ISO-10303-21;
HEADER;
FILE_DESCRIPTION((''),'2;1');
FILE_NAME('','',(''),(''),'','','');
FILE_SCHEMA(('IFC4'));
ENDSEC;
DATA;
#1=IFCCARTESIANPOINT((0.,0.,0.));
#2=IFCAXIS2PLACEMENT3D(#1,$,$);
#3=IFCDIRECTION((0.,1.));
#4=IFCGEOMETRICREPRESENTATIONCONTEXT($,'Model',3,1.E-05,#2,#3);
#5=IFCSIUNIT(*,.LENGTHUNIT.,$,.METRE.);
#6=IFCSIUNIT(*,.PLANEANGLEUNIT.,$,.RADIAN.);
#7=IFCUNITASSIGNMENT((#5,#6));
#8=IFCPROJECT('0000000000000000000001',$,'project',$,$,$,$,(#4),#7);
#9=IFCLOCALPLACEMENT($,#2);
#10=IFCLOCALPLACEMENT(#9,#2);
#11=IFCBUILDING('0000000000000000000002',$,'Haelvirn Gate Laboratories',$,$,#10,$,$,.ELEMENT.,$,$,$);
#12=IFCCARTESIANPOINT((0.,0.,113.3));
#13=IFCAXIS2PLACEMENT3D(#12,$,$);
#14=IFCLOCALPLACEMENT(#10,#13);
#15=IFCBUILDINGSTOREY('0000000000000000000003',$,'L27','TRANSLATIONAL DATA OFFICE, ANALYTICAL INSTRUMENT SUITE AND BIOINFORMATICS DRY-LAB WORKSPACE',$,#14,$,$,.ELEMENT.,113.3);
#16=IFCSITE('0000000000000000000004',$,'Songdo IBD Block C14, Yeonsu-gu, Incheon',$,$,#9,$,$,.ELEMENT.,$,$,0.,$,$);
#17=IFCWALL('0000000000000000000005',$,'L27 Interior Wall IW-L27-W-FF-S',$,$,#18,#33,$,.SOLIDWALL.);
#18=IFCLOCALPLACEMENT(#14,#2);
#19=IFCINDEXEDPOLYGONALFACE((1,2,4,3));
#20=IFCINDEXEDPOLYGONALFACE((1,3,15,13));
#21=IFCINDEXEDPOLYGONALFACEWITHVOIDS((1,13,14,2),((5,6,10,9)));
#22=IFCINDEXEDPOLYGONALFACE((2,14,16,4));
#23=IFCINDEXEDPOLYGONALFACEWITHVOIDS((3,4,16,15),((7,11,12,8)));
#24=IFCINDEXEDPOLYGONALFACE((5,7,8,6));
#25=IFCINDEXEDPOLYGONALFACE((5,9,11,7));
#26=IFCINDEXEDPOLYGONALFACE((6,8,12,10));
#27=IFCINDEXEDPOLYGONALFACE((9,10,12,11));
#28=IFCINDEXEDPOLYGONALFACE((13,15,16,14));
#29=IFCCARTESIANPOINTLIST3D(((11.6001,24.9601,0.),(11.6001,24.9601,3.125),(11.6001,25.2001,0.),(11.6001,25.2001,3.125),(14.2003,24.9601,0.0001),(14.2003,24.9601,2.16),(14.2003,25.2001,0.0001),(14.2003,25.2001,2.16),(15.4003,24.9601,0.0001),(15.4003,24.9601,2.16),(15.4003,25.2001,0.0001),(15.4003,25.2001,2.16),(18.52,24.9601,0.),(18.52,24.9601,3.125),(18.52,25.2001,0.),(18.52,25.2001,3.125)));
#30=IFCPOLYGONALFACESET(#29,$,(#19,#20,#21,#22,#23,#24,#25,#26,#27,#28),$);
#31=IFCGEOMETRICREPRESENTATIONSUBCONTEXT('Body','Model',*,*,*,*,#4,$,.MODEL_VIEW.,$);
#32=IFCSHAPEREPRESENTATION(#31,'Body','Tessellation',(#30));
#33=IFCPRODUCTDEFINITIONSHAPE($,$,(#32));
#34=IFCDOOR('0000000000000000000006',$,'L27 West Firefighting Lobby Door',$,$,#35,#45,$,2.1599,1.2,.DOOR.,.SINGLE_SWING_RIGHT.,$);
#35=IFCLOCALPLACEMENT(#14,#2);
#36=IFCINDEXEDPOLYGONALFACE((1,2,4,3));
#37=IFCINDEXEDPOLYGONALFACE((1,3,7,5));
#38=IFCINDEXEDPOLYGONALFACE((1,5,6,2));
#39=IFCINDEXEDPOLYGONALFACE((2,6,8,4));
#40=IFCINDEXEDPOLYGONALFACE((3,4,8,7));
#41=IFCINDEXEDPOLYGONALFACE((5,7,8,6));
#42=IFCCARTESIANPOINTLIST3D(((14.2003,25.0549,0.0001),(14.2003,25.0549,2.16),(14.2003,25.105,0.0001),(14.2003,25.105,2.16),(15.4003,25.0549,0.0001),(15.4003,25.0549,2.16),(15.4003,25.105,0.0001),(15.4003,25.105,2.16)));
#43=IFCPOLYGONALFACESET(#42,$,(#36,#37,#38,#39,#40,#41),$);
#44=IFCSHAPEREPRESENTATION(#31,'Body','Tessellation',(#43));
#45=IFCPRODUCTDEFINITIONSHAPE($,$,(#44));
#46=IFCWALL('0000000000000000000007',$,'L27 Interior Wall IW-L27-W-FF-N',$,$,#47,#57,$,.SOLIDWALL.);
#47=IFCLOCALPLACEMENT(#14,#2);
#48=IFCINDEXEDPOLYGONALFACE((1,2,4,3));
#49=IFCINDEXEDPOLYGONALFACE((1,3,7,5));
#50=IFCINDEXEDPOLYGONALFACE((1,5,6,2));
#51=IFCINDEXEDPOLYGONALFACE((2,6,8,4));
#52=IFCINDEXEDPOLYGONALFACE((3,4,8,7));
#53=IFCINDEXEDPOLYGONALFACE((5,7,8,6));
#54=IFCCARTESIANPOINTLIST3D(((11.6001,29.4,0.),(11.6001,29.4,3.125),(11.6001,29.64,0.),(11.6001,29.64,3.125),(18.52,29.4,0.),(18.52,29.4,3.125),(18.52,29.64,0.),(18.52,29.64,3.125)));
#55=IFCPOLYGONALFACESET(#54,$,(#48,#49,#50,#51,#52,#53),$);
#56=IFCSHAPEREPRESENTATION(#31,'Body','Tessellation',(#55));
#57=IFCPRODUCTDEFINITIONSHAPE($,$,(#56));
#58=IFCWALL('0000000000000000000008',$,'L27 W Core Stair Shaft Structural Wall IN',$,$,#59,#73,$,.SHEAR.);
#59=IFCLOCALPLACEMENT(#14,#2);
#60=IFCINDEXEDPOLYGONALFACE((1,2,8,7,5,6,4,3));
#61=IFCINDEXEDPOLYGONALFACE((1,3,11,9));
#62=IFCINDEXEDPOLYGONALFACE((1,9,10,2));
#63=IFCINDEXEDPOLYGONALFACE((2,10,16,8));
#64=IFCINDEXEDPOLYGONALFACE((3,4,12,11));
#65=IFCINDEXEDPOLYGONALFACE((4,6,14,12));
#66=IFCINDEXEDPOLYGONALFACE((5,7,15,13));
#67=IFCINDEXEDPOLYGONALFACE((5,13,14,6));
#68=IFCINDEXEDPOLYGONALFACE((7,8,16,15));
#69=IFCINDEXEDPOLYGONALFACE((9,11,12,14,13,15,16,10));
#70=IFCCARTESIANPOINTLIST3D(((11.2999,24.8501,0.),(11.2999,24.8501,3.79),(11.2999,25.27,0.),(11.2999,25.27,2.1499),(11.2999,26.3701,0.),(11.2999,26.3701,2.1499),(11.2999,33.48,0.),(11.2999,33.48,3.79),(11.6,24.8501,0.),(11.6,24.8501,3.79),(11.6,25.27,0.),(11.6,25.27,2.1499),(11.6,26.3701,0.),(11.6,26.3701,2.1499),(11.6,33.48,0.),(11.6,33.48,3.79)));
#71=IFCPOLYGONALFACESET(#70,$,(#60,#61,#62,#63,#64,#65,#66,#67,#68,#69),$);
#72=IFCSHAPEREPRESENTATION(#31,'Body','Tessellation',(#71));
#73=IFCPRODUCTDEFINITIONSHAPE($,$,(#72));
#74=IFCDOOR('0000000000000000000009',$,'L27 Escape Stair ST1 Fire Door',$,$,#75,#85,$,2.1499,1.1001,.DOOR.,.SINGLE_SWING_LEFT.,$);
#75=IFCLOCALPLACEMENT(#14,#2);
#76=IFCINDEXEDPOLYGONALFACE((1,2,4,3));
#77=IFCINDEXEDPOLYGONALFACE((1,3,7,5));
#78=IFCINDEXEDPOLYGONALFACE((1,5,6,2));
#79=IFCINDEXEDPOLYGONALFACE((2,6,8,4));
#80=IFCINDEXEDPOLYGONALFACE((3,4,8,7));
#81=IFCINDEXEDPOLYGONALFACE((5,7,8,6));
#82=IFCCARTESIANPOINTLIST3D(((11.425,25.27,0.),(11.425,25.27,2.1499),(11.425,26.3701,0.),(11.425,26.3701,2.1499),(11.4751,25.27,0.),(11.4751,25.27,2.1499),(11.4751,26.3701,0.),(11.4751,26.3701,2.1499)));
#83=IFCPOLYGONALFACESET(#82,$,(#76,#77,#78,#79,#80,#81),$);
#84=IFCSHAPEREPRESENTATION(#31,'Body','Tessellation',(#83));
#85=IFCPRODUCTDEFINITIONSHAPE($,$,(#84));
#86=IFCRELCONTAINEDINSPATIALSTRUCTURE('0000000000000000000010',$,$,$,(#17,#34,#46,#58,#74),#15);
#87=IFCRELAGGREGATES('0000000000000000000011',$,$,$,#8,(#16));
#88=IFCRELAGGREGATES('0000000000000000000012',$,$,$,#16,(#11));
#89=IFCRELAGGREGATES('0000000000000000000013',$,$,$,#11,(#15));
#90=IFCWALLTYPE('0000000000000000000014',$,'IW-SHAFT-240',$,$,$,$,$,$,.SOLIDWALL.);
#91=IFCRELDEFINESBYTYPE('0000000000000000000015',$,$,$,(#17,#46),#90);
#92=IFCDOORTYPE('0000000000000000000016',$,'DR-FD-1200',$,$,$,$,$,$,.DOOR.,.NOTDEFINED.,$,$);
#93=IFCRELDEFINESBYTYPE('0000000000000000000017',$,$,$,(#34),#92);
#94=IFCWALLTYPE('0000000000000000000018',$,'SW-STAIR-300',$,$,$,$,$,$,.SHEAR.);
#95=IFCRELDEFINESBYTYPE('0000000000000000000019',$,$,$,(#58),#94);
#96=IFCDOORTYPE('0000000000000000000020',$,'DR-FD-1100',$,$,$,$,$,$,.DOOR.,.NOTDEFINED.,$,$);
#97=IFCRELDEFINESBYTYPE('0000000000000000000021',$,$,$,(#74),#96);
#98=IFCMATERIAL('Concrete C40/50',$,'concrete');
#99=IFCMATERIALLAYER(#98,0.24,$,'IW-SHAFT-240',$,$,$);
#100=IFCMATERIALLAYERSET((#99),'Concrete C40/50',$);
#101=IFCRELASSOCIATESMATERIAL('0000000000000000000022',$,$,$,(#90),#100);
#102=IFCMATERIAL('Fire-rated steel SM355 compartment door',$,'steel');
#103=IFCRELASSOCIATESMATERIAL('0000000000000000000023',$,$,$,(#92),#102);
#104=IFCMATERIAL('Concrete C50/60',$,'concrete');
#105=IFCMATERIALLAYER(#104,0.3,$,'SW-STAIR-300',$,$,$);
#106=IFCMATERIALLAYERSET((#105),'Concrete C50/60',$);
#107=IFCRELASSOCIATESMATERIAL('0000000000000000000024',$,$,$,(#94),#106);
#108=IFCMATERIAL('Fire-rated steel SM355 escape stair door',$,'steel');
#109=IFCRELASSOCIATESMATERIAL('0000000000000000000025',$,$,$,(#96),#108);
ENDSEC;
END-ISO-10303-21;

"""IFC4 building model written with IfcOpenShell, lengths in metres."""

from ifc_helpers import new_model, si_unit, direction, frame, frame_2d, origin, place, context, subcontext, project, spatial, rectangle, extrude, source, transform, mapped, material, layer, layer_set, type_object, type_shapes, element, fill, save


model = new_model("IFC4")

# Units and contexts
model_context = context("Model", 3, precision=1e-05, world=origin(), true_north=direction((0.0, 1.0)))
body_context = subcontext(model_context, "Body", "Model", "MODEL_VIEW")
ifc_project = project(units=[si_unit("LENGTHUNIT", "METRE"), si_unit("PLANEANGLEUNIT", "RADIAN")], contexts=[model_context])

# Site, building, storey
site_placement = place(None, origin())
site = spatial("IfcSite", under=ifc_project, at=site_placement, Name="Songdo IBD Block C14, Yeonsu-gu, Incheon", CompositionType="ELEMENT", RefElevation=0.0)
building_placement = place(site_placement, origin())
building = spatial("IfcBuilding", under=site, at=building_placement, Name="Haelvirn Gate Laboratories", CompositionType="ELEMENT")
storey_placement = place(building_placement, frame((0.0, 0.0, 113.3)))
storey = spatial("IfcBuildingStorey", under=building, at=storey_placement, Name="L27", Description="TRANSLATIONAL DATA OFFICE, ANALYTICAL INSTRUMENT SUITE AND BIOINFORMATICS DRY-LAB WORKSPACE", CompositionType="ELEMENT", Elevation=113.3)

# Shared definitions
ifc_material_1 = material(Name="Concrete C40/50", Category="concrete")

# Wall, opening, door
ifc_layer_1 = layer(ifc_material_1, 0.24, Name="IW-SHAFT-240")
ifc_layer_set_1 = layer_set([ifc_layer_1], Name="Concrete C40/50")
wall_type_1 = type_object("IfcWallType", Name="IW-SHAFT-240", PredefinedType="SOLIDWALL", material=ifc_layer_set_1)
wall_1_placement = place(storey_placement, frame((11.6001, 25.0801, 0.0), z_axis=(0.0, 0.0, 1.0), x_axis=(1.0, 0.0, 0.0)))
wall_1 = element("IfcWall", 1, at=wall_1_placement, inside=storey, type_object=wall_type_1, Name="L27 Interior Wall IW-L27-W-FF-S", PredefinedType="SOLIDWALL", context=body_context, shape_type="SweptSolid", body=[
    extrude(rectangle(XDim=6.9199, YDim=0.24, at=frame_2d((3.46, 0.0))), origin(), (0.0, 0.0, 1.0), 3.125),
])
opening_1_placement = place(wall_1_placement, frame((2.6001, 0.0, 0.0)))
opening_1 = element("IfcOpeningElement", 2, at=opening_1_placement, cuts=wall_1, PredefinedType="OPENING", context=body_context, shape_type="SweptSolid", body=[
    extrude(rectangle(XDim=1.2, YDim=2.1599, at=frame_2d((0.6001, 1.0801))), frame((0.0, 0.1299, 0.0), z_axis=(0.0, -1.0, 0.0), x_axis=(1.0, 0.0, 0.0)), (0.0, 0.0, 1.0), 0.26),
])
ifc_material_2 = material(Name="Fire-rated steel SM355 compartment door", Category="steel")
door_type_1 = type_object("IfcDoorType", Name="DR-FD-1200", OperationType="NOTDEFINED", PredefinedType="DOOR", material=ifc_material_2)
shared_shape_1 = source(origin(), body_context, "Body", "SweptSolid", [
    extrude(rectangle(XDim=1.2, YDim=2.1599, at=frame_2d((0.6001, 1.0801))), frame((0.0, 0.0249, 0.0), z_axis=(0.0, -1.0, 0.0), x_axis=(1.0, 0.0, 0.0)), (0.0, 0.0, 1.0), 0.05),
])
type_shapes(door_type_1, [shared_shape_1])
door_1_placement = place(opening_1_placement, origin())
door_1 = element("IfcDoor", 3, at=door_1_placement, inside=storey, type_object=door_type_1, Name="L27 West Firefighting Lobby Door", OperationType="SINGLE_SWING_RIGHT", OverallHeight=2.1599, OverallWidth=1.2, PredefinedType="DOOR", context=body_context, shape_type="MappedRepresentation", body=[
    mapped(shared_shape_1, transform((0.0, 0.0, 0.0), scale=1.0)),
])
fill(opening_1, door_1)

# Wall
wall_2_placement = place(storey_placement, frame((11.6001, 29.52, 0.0), z_axis=(0.0, 0.0, 1.0), x_axis=(1.0, 0.0, 0.0)))
element("IfcWall", 4, at=wall_2_placement, inside=storey, type_object=wall_type_1, Name="L27 Interior Wall IW-L27-W-FF-N", PredefinedType="SOLIDWALL", context=body_context, shape_type="SweptSolid", body=[
    extrude(rectangle(XDim=6.9199, YDim=0.24, at=frame_2d((3.46, 0.0))), origin(), (0.0, 0.0, 1.0), 3.125),
])

# Wall, opening, door
ifc_material_3 = material(Name="Concrete C50/60", Category="concrete")
ifc_layer_2 = layer(ifc_material_3, 0.3, Name="SW-STAIR-300")
ifc_layer_set_2 = layer_set([ifc_layer_2], Name="Concrete C50/60")
wall_type_2 = type_object("IfcWallType", Name="SW-STAIR-300", PredefinedType="SHEAR", material=ifc_layer_set_2)
wall_3_placement = place(storey_placement, frame((11.45, 24.8501, 0.0), z_axis=(0.0, 0.0, 1.0), x_axis=(0.0, 1.0, 0.0)))
wall_3 = element("IfcWall", 5, at=wall_3_placement, inside=storey, type_object=wall_type_2, Name="L27 W Core Stair Shaft Structural Wall IN", PredefinedType="SHEAR", context=body_context, shape_type="SweptSolid", body=[
    extrude(rectangle(XDim=8.6299, YDim=0.3, at=frame_2d((4.3149, 0.0))), origin(), (0.0, 0.0, 1.0), 3.79),
])
opening_2_placement = place(wall_3_placement, frame((0.4199, 0.0, 0.0)))
opening_2 = element("IfcOpeningElement", 6, at=opening_2_placement, cuts=wall_3, PredefinedType="OPENING", context=body_context, shape_type="SweptSolid", body=[
    extrude(rectangle(XDim=1.1001, YDim=2.1499, at=frame_2d((0.55, 1.075))), frame((0.0, 0.1602, 0.0), z_axis=(0.0, -1.0, 0.0), x_axis=(1.0, 0.0, 0.0)), (0.0, 0.0, 1.0), 0.3201),
])
ifc_material_4 = material(Name="Fire-rated steel SM355 escape stair door", Category="steel")
door_type_2 = type_object("IfcDoorType", Name="DR-FD-1100", OperationType="NOTDEFINED", PredefinedType="DOOR", material=ifc_material_4)
shared_shape_2 = source(origin(), body_context, "Body", "SweptSolid", [
    extrude(rectangle(XDim=1.1001, YDim=2.1499, at=frame_2d((0.55, 1.075))), frame((0.0, 0.0249, 0.0), z_axis=(0.0, -1.0, 0.0), x_axis=(1.0, 0.0, 0.0)), (0.0, 0.0, 1.0), 0.05),
])
type_shapes(door_type_2, [shared_shape_2])
door_2_placement = place(opening_2_placement, origin())
door_2 = element("IfcDoor", 7, at=door_2_placement, inside=storey, type_object=door_type_2, Name="L27 Escape Stair ST1 Fire Door", OperationType="SINGLE_SWING_LEFT", OverallHeight=2.1499, OverallWidth=1.1001, PredefinedType="DOOR", context=body_context, shape_type="MappedRepresentation", body=[
    mapped(shared_shape_2, transform((0.0, 0.0, 0.0), scale=1.0)),
])
fill(opening_2, door_2)

save(model, "model.ifc")
